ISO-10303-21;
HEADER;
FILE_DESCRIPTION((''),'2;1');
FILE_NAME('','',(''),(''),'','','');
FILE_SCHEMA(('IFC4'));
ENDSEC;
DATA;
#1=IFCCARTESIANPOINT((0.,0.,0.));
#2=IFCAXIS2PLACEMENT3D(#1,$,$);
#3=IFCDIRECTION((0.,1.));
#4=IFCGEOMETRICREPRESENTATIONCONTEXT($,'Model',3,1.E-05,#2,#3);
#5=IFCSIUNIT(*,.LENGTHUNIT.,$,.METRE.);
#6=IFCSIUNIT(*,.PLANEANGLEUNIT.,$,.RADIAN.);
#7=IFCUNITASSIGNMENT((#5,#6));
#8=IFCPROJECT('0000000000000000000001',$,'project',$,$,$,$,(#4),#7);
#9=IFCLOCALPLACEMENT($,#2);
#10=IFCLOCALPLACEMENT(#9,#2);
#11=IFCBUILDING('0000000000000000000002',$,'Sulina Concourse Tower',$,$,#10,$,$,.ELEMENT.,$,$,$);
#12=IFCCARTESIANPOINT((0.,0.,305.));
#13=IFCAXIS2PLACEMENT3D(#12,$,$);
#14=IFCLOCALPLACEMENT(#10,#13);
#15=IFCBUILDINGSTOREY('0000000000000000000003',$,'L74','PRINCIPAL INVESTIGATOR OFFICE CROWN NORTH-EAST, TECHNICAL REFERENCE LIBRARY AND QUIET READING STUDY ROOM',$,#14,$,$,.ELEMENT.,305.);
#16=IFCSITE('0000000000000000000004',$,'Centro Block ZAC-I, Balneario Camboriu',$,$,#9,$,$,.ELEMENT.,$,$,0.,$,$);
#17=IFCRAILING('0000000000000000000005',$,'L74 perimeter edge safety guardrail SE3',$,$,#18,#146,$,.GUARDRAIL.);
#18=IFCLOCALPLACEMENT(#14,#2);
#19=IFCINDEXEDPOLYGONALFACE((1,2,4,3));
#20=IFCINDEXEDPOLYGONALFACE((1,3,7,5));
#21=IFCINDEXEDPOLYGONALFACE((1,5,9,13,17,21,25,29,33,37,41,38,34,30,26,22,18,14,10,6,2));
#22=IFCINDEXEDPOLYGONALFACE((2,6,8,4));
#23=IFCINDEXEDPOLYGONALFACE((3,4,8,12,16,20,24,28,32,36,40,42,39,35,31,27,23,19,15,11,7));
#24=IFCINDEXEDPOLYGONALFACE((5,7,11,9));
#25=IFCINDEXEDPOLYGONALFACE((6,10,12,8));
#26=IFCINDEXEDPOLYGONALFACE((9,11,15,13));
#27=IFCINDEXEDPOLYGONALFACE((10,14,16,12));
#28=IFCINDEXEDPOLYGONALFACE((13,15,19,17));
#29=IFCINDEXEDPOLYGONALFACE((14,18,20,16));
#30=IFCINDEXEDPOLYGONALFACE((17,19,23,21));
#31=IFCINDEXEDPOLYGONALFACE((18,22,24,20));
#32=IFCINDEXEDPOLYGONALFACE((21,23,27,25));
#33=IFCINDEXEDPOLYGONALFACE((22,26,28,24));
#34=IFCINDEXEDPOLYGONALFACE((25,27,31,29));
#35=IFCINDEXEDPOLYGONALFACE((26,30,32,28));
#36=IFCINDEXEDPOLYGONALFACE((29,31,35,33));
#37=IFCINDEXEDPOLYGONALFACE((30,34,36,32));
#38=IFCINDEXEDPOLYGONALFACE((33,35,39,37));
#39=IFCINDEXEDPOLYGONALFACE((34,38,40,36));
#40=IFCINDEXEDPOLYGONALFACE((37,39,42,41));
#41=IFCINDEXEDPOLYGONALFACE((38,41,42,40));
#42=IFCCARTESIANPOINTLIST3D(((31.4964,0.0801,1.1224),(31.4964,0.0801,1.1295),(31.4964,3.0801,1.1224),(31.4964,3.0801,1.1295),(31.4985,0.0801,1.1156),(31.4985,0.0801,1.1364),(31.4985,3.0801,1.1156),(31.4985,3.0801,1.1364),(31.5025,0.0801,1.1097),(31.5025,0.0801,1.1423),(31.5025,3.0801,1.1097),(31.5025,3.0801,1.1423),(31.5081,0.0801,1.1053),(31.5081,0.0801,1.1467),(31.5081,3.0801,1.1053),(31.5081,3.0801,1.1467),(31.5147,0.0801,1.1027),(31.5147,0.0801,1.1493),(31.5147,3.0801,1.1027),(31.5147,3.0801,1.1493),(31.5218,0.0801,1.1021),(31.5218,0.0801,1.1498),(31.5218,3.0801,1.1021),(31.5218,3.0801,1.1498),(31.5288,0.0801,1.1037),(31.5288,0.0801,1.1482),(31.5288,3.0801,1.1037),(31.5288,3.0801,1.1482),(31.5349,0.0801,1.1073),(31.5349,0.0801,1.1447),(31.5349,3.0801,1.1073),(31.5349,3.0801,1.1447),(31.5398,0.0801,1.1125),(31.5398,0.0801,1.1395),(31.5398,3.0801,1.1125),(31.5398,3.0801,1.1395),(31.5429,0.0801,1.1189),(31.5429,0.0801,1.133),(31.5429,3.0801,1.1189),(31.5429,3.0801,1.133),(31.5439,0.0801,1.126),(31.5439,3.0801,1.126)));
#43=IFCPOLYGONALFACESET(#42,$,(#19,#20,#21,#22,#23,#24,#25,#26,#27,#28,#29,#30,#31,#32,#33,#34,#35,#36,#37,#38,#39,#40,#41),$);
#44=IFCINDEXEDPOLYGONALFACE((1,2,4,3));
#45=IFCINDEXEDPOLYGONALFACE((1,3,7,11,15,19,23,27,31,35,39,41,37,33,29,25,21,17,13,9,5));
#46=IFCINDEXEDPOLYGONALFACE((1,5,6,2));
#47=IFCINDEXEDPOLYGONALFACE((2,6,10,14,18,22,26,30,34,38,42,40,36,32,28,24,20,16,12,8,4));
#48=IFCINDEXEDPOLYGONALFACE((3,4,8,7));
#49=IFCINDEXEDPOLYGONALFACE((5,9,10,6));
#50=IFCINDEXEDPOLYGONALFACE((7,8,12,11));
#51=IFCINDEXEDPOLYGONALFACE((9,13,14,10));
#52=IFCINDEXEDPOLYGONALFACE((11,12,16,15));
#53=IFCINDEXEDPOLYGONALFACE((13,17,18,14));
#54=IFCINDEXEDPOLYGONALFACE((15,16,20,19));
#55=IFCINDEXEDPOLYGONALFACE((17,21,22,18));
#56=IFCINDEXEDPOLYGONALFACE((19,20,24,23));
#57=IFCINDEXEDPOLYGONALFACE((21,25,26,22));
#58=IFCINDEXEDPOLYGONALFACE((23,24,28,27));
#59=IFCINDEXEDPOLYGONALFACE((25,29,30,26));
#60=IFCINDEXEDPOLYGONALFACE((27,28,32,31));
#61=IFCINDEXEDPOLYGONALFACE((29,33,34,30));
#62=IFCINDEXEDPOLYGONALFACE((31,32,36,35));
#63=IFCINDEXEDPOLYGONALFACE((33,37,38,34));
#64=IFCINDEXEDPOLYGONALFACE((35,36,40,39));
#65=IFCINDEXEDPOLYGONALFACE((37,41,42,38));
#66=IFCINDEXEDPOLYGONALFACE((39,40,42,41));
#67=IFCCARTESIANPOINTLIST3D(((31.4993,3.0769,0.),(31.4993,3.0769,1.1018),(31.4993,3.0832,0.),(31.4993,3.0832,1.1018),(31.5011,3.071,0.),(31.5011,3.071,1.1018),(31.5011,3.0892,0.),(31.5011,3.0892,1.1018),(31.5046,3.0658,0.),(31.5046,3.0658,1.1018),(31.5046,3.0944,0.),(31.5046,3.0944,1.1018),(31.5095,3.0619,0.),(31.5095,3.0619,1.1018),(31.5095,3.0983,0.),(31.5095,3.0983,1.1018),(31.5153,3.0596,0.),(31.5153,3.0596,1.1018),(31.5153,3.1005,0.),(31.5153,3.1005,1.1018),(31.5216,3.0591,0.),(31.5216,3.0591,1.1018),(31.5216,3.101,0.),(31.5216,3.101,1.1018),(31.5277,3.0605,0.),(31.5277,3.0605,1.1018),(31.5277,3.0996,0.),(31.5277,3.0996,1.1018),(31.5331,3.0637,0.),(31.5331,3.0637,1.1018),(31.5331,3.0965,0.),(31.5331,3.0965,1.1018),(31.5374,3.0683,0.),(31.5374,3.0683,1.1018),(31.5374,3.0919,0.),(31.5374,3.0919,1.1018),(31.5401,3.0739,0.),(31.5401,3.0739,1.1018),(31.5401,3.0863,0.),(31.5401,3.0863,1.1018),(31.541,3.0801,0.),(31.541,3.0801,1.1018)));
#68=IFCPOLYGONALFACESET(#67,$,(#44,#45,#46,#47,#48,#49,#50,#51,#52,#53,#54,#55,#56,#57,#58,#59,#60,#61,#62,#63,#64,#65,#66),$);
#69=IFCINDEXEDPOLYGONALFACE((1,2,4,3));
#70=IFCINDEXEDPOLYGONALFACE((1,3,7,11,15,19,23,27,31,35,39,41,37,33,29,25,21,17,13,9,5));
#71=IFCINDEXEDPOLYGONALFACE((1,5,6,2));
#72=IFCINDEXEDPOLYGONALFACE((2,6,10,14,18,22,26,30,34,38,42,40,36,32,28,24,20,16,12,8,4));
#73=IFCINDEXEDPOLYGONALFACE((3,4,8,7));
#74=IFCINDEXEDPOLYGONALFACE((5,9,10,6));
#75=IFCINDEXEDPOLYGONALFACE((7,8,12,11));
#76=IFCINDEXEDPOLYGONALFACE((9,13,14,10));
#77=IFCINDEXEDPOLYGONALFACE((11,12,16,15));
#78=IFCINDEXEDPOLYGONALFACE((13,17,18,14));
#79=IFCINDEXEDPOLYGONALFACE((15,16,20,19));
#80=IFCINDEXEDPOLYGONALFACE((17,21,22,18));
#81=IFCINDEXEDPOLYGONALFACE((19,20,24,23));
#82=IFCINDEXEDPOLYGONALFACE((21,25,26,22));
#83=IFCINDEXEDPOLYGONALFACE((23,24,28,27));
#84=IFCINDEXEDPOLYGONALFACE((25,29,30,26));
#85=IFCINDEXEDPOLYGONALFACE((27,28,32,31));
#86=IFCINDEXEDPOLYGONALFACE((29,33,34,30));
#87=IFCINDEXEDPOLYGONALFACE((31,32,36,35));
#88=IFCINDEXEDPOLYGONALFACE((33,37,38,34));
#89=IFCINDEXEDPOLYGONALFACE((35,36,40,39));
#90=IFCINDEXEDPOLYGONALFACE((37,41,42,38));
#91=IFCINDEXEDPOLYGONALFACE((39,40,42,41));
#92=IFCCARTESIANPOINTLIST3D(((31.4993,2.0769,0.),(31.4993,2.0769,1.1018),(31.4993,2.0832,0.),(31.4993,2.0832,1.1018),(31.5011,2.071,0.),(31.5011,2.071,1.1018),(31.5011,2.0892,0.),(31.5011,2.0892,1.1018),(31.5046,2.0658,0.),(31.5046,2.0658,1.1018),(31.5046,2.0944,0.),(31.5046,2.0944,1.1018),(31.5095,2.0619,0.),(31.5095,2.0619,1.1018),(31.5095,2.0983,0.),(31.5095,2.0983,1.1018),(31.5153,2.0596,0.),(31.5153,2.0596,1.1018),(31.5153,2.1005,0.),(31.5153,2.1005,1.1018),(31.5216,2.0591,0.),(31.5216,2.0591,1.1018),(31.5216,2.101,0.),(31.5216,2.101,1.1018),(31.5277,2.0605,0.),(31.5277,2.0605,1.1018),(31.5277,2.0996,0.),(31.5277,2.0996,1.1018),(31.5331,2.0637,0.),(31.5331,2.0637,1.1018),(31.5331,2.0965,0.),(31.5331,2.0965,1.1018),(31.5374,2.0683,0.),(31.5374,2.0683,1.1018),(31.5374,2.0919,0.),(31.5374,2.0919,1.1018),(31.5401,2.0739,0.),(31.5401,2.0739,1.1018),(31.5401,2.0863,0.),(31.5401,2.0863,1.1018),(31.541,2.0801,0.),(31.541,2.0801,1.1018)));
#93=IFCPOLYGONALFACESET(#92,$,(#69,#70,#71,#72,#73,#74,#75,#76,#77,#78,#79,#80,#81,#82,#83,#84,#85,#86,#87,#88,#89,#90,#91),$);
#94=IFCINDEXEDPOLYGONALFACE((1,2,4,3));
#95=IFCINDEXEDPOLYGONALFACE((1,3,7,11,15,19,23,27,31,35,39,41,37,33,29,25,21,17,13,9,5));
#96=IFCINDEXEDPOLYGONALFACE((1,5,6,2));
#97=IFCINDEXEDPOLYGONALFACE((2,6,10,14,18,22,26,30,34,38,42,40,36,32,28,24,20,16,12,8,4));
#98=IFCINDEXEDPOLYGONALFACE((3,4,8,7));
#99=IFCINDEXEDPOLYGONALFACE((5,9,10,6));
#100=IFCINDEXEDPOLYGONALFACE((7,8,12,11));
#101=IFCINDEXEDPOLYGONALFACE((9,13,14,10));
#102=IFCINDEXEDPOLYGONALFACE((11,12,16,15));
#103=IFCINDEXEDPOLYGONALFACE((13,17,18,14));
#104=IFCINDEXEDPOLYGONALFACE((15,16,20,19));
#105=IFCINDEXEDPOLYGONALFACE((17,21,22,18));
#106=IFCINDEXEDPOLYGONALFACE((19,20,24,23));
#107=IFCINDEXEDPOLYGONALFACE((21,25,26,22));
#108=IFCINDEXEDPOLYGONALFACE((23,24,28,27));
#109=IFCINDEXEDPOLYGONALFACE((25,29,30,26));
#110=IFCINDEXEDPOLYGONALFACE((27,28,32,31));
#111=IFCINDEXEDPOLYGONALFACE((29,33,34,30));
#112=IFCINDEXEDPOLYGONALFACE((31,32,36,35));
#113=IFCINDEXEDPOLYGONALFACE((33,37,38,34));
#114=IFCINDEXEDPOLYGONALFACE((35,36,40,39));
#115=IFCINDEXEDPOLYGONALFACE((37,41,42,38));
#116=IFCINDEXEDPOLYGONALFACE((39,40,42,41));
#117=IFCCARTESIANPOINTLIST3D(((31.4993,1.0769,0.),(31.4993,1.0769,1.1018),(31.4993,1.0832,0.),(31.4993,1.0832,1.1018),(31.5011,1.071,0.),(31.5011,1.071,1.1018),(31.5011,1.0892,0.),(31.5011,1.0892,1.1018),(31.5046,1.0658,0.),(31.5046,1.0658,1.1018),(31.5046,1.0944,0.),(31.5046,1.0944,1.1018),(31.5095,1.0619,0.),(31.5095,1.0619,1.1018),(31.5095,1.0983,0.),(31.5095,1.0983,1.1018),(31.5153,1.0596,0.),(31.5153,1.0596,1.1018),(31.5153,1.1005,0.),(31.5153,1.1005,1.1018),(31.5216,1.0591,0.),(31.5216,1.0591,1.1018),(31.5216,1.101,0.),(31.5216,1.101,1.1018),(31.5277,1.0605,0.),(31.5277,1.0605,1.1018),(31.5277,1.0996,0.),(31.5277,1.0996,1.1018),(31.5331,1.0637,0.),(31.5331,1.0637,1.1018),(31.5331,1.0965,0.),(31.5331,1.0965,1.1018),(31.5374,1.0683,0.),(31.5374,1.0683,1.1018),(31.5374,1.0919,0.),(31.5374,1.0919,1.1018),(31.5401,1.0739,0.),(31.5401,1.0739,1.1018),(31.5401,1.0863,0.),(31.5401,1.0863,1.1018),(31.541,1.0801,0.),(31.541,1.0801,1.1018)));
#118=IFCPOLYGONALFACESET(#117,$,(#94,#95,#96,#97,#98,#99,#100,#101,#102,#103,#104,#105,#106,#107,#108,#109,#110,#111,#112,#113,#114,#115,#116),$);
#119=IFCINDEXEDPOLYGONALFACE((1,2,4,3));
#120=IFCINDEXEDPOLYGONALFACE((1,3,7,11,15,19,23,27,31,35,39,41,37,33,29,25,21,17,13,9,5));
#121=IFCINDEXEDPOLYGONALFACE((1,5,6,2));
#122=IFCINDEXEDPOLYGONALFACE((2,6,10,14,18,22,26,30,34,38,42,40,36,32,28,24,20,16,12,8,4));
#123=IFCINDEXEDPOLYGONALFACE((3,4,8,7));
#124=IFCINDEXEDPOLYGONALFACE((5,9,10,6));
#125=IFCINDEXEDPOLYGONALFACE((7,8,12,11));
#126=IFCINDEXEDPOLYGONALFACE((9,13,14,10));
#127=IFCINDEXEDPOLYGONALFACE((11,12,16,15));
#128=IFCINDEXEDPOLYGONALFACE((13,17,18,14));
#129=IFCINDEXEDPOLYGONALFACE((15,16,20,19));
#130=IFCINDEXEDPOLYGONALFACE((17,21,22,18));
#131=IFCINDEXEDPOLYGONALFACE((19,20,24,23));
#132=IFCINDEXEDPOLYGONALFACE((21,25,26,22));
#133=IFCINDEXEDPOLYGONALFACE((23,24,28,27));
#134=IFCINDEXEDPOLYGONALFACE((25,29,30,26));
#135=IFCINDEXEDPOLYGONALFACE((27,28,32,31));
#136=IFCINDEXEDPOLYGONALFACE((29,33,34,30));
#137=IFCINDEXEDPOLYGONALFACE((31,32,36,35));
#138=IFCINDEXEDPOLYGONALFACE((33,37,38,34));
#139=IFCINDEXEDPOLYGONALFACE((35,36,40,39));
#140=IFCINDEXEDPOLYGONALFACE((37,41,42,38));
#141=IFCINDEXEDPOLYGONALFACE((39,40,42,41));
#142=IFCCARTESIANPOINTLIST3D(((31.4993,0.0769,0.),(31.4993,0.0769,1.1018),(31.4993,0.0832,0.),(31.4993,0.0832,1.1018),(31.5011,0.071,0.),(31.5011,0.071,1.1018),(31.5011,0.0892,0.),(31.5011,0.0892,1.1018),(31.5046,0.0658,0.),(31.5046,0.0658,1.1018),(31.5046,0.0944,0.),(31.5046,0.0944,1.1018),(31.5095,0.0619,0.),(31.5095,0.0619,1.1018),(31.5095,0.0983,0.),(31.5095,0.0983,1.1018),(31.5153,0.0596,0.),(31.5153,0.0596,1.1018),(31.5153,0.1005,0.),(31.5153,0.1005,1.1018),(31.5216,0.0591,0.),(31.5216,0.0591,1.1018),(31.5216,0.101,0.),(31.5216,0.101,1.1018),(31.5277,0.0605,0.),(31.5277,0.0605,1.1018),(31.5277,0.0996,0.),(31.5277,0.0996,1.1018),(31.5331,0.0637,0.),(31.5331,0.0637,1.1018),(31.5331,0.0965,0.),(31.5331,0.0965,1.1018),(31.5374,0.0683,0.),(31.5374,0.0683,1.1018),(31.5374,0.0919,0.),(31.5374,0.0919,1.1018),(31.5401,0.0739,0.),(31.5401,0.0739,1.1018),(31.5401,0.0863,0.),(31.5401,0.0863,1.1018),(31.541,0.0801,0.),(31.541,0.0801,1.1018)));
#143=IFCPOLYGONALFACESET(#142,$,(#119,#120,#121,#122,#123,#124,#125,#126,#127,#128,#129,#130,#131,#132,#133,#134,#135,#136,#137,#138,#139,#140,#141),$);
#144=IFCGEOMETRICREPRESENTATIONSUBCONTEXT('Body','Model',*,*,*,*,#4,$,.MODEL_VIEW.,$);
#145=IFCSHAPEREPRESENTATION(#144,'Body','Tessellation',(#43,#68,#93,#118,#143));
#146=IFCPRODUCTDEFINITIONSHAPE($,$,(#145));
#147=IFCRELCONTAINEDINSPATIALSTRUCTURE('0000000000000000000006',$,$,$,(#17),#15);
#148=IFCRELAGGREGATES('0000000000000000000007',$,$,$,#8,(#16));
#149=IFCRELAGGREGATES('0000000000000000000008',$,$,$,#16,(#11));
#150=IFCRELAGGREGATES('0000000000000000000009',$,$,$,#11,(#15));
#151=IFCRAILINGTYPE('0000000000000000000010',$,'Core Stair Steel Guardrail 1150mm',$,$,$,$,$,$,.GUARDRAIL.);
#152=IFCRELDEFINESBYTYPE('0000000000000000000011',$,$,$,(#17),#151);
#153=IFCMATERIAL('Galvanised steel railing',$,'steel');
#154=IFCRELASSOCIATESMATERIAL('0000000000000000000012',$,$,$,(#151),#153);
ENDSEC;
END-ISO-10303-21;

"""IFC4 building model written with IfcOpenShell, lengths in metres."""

from ifc_helpers import new_model, si_unit, direction, frame, origin, origin_2d, place, context, subcontext, project, spatial, circle, extrude, material, type_object, element, save


model = new_model("IFC4")

# Units and contexts
model_context = context("Model", 3, precision=1e-05, world=origin(), true_north=direction((0.0, 1.0)))
body_context = subcontext(model_context, "Body", "Model", "MODEL_VIEW")
ifc_project = project(units=[si_unit("LENGTHUNIT", "METRE"), si_unit("PLANEANGLEUNIT", "RADIAN")], contexts=[model_context])

# Site, building, storey
site_placement = place(None, origin())
site = spatial("IfcSite", under=ifc_project, at=site_placement, Name="Centro Block ZAC-I, Balneario Camboriu", CompositionType="ELEMENT", RefElevation=0.0)
building_placement = place(site_placement, origin())
building = spatial("IfcBuilding", under=site, at=building_placement, Name="Sulina Concourse Tower", CompositionType="ELEMENT")
storey_placement = place(building_placement, frame((0.0, 0.0, 305.0)))
storey = spatial("IfcBuildingStorey", under=building, at=storey_placement, Name="L74", Description="PRINCIPAL INVESTIGATOR OFFICE CROWN NORTH-EAST, TECHNICAL REFERENCE LIBRARY AND QUIET READING STUDY ROOM", CompositionType="ELEMENT", Elevation=305.0)

# Railing
ifc_material_1 = material(Name="Galvanised steel railing", Category="steel")
railing_type_1 = type_object("IfcRailingType", Name="Core Stair Steel Guardrail 1150mm", PredefinedType="GUARDRAIL", material=ifc_material_1)
railing_1_placement = place(storey_placement, frame((31.52, 3.0801, 0.0)))
element("IfcRailing", 1, at=railing_1_placement, inside=storey, type_object=railing_type_1, Name="L74 perimeter edge safety guardrail SE3", PredefinedType="GUARDRAIL", context=body_context, shape_type="SweptSolid", body=[
    extrude(circle(Radius=0.0239, at=origin_2d()), frame((0.0, 0.0, 1.126), z_axis=(0.0, -1.0, 0.0), x_axis=(1.0, 0.0, 0.0)), (0.0, 0.0, 1.0), 3.0),
    extrude(circle(Radius=0.021, at=origin_2d()), origin(), (0.0, 0.0, 1.0), 1.1018),
    extrude(circle(Radius=0.021, at=origin_2d()), frame((0.0, -1.0, 0.0)), (0.0, 0.0, 1.0), 1.1018),
    extrude(circle(Radius=0.021, at=origin_2d()), frame((0.0, -2.0, 0.0)), (0.0, 0.0, 1.0), 1.1018),
    extrude(circle(Radius=0.021, at=origin_2d()), frame((0.0, -3.0, 0.0)), (0.0, 0.0, 1.0), 1.1018),
])

save(model, "model.ifc")
